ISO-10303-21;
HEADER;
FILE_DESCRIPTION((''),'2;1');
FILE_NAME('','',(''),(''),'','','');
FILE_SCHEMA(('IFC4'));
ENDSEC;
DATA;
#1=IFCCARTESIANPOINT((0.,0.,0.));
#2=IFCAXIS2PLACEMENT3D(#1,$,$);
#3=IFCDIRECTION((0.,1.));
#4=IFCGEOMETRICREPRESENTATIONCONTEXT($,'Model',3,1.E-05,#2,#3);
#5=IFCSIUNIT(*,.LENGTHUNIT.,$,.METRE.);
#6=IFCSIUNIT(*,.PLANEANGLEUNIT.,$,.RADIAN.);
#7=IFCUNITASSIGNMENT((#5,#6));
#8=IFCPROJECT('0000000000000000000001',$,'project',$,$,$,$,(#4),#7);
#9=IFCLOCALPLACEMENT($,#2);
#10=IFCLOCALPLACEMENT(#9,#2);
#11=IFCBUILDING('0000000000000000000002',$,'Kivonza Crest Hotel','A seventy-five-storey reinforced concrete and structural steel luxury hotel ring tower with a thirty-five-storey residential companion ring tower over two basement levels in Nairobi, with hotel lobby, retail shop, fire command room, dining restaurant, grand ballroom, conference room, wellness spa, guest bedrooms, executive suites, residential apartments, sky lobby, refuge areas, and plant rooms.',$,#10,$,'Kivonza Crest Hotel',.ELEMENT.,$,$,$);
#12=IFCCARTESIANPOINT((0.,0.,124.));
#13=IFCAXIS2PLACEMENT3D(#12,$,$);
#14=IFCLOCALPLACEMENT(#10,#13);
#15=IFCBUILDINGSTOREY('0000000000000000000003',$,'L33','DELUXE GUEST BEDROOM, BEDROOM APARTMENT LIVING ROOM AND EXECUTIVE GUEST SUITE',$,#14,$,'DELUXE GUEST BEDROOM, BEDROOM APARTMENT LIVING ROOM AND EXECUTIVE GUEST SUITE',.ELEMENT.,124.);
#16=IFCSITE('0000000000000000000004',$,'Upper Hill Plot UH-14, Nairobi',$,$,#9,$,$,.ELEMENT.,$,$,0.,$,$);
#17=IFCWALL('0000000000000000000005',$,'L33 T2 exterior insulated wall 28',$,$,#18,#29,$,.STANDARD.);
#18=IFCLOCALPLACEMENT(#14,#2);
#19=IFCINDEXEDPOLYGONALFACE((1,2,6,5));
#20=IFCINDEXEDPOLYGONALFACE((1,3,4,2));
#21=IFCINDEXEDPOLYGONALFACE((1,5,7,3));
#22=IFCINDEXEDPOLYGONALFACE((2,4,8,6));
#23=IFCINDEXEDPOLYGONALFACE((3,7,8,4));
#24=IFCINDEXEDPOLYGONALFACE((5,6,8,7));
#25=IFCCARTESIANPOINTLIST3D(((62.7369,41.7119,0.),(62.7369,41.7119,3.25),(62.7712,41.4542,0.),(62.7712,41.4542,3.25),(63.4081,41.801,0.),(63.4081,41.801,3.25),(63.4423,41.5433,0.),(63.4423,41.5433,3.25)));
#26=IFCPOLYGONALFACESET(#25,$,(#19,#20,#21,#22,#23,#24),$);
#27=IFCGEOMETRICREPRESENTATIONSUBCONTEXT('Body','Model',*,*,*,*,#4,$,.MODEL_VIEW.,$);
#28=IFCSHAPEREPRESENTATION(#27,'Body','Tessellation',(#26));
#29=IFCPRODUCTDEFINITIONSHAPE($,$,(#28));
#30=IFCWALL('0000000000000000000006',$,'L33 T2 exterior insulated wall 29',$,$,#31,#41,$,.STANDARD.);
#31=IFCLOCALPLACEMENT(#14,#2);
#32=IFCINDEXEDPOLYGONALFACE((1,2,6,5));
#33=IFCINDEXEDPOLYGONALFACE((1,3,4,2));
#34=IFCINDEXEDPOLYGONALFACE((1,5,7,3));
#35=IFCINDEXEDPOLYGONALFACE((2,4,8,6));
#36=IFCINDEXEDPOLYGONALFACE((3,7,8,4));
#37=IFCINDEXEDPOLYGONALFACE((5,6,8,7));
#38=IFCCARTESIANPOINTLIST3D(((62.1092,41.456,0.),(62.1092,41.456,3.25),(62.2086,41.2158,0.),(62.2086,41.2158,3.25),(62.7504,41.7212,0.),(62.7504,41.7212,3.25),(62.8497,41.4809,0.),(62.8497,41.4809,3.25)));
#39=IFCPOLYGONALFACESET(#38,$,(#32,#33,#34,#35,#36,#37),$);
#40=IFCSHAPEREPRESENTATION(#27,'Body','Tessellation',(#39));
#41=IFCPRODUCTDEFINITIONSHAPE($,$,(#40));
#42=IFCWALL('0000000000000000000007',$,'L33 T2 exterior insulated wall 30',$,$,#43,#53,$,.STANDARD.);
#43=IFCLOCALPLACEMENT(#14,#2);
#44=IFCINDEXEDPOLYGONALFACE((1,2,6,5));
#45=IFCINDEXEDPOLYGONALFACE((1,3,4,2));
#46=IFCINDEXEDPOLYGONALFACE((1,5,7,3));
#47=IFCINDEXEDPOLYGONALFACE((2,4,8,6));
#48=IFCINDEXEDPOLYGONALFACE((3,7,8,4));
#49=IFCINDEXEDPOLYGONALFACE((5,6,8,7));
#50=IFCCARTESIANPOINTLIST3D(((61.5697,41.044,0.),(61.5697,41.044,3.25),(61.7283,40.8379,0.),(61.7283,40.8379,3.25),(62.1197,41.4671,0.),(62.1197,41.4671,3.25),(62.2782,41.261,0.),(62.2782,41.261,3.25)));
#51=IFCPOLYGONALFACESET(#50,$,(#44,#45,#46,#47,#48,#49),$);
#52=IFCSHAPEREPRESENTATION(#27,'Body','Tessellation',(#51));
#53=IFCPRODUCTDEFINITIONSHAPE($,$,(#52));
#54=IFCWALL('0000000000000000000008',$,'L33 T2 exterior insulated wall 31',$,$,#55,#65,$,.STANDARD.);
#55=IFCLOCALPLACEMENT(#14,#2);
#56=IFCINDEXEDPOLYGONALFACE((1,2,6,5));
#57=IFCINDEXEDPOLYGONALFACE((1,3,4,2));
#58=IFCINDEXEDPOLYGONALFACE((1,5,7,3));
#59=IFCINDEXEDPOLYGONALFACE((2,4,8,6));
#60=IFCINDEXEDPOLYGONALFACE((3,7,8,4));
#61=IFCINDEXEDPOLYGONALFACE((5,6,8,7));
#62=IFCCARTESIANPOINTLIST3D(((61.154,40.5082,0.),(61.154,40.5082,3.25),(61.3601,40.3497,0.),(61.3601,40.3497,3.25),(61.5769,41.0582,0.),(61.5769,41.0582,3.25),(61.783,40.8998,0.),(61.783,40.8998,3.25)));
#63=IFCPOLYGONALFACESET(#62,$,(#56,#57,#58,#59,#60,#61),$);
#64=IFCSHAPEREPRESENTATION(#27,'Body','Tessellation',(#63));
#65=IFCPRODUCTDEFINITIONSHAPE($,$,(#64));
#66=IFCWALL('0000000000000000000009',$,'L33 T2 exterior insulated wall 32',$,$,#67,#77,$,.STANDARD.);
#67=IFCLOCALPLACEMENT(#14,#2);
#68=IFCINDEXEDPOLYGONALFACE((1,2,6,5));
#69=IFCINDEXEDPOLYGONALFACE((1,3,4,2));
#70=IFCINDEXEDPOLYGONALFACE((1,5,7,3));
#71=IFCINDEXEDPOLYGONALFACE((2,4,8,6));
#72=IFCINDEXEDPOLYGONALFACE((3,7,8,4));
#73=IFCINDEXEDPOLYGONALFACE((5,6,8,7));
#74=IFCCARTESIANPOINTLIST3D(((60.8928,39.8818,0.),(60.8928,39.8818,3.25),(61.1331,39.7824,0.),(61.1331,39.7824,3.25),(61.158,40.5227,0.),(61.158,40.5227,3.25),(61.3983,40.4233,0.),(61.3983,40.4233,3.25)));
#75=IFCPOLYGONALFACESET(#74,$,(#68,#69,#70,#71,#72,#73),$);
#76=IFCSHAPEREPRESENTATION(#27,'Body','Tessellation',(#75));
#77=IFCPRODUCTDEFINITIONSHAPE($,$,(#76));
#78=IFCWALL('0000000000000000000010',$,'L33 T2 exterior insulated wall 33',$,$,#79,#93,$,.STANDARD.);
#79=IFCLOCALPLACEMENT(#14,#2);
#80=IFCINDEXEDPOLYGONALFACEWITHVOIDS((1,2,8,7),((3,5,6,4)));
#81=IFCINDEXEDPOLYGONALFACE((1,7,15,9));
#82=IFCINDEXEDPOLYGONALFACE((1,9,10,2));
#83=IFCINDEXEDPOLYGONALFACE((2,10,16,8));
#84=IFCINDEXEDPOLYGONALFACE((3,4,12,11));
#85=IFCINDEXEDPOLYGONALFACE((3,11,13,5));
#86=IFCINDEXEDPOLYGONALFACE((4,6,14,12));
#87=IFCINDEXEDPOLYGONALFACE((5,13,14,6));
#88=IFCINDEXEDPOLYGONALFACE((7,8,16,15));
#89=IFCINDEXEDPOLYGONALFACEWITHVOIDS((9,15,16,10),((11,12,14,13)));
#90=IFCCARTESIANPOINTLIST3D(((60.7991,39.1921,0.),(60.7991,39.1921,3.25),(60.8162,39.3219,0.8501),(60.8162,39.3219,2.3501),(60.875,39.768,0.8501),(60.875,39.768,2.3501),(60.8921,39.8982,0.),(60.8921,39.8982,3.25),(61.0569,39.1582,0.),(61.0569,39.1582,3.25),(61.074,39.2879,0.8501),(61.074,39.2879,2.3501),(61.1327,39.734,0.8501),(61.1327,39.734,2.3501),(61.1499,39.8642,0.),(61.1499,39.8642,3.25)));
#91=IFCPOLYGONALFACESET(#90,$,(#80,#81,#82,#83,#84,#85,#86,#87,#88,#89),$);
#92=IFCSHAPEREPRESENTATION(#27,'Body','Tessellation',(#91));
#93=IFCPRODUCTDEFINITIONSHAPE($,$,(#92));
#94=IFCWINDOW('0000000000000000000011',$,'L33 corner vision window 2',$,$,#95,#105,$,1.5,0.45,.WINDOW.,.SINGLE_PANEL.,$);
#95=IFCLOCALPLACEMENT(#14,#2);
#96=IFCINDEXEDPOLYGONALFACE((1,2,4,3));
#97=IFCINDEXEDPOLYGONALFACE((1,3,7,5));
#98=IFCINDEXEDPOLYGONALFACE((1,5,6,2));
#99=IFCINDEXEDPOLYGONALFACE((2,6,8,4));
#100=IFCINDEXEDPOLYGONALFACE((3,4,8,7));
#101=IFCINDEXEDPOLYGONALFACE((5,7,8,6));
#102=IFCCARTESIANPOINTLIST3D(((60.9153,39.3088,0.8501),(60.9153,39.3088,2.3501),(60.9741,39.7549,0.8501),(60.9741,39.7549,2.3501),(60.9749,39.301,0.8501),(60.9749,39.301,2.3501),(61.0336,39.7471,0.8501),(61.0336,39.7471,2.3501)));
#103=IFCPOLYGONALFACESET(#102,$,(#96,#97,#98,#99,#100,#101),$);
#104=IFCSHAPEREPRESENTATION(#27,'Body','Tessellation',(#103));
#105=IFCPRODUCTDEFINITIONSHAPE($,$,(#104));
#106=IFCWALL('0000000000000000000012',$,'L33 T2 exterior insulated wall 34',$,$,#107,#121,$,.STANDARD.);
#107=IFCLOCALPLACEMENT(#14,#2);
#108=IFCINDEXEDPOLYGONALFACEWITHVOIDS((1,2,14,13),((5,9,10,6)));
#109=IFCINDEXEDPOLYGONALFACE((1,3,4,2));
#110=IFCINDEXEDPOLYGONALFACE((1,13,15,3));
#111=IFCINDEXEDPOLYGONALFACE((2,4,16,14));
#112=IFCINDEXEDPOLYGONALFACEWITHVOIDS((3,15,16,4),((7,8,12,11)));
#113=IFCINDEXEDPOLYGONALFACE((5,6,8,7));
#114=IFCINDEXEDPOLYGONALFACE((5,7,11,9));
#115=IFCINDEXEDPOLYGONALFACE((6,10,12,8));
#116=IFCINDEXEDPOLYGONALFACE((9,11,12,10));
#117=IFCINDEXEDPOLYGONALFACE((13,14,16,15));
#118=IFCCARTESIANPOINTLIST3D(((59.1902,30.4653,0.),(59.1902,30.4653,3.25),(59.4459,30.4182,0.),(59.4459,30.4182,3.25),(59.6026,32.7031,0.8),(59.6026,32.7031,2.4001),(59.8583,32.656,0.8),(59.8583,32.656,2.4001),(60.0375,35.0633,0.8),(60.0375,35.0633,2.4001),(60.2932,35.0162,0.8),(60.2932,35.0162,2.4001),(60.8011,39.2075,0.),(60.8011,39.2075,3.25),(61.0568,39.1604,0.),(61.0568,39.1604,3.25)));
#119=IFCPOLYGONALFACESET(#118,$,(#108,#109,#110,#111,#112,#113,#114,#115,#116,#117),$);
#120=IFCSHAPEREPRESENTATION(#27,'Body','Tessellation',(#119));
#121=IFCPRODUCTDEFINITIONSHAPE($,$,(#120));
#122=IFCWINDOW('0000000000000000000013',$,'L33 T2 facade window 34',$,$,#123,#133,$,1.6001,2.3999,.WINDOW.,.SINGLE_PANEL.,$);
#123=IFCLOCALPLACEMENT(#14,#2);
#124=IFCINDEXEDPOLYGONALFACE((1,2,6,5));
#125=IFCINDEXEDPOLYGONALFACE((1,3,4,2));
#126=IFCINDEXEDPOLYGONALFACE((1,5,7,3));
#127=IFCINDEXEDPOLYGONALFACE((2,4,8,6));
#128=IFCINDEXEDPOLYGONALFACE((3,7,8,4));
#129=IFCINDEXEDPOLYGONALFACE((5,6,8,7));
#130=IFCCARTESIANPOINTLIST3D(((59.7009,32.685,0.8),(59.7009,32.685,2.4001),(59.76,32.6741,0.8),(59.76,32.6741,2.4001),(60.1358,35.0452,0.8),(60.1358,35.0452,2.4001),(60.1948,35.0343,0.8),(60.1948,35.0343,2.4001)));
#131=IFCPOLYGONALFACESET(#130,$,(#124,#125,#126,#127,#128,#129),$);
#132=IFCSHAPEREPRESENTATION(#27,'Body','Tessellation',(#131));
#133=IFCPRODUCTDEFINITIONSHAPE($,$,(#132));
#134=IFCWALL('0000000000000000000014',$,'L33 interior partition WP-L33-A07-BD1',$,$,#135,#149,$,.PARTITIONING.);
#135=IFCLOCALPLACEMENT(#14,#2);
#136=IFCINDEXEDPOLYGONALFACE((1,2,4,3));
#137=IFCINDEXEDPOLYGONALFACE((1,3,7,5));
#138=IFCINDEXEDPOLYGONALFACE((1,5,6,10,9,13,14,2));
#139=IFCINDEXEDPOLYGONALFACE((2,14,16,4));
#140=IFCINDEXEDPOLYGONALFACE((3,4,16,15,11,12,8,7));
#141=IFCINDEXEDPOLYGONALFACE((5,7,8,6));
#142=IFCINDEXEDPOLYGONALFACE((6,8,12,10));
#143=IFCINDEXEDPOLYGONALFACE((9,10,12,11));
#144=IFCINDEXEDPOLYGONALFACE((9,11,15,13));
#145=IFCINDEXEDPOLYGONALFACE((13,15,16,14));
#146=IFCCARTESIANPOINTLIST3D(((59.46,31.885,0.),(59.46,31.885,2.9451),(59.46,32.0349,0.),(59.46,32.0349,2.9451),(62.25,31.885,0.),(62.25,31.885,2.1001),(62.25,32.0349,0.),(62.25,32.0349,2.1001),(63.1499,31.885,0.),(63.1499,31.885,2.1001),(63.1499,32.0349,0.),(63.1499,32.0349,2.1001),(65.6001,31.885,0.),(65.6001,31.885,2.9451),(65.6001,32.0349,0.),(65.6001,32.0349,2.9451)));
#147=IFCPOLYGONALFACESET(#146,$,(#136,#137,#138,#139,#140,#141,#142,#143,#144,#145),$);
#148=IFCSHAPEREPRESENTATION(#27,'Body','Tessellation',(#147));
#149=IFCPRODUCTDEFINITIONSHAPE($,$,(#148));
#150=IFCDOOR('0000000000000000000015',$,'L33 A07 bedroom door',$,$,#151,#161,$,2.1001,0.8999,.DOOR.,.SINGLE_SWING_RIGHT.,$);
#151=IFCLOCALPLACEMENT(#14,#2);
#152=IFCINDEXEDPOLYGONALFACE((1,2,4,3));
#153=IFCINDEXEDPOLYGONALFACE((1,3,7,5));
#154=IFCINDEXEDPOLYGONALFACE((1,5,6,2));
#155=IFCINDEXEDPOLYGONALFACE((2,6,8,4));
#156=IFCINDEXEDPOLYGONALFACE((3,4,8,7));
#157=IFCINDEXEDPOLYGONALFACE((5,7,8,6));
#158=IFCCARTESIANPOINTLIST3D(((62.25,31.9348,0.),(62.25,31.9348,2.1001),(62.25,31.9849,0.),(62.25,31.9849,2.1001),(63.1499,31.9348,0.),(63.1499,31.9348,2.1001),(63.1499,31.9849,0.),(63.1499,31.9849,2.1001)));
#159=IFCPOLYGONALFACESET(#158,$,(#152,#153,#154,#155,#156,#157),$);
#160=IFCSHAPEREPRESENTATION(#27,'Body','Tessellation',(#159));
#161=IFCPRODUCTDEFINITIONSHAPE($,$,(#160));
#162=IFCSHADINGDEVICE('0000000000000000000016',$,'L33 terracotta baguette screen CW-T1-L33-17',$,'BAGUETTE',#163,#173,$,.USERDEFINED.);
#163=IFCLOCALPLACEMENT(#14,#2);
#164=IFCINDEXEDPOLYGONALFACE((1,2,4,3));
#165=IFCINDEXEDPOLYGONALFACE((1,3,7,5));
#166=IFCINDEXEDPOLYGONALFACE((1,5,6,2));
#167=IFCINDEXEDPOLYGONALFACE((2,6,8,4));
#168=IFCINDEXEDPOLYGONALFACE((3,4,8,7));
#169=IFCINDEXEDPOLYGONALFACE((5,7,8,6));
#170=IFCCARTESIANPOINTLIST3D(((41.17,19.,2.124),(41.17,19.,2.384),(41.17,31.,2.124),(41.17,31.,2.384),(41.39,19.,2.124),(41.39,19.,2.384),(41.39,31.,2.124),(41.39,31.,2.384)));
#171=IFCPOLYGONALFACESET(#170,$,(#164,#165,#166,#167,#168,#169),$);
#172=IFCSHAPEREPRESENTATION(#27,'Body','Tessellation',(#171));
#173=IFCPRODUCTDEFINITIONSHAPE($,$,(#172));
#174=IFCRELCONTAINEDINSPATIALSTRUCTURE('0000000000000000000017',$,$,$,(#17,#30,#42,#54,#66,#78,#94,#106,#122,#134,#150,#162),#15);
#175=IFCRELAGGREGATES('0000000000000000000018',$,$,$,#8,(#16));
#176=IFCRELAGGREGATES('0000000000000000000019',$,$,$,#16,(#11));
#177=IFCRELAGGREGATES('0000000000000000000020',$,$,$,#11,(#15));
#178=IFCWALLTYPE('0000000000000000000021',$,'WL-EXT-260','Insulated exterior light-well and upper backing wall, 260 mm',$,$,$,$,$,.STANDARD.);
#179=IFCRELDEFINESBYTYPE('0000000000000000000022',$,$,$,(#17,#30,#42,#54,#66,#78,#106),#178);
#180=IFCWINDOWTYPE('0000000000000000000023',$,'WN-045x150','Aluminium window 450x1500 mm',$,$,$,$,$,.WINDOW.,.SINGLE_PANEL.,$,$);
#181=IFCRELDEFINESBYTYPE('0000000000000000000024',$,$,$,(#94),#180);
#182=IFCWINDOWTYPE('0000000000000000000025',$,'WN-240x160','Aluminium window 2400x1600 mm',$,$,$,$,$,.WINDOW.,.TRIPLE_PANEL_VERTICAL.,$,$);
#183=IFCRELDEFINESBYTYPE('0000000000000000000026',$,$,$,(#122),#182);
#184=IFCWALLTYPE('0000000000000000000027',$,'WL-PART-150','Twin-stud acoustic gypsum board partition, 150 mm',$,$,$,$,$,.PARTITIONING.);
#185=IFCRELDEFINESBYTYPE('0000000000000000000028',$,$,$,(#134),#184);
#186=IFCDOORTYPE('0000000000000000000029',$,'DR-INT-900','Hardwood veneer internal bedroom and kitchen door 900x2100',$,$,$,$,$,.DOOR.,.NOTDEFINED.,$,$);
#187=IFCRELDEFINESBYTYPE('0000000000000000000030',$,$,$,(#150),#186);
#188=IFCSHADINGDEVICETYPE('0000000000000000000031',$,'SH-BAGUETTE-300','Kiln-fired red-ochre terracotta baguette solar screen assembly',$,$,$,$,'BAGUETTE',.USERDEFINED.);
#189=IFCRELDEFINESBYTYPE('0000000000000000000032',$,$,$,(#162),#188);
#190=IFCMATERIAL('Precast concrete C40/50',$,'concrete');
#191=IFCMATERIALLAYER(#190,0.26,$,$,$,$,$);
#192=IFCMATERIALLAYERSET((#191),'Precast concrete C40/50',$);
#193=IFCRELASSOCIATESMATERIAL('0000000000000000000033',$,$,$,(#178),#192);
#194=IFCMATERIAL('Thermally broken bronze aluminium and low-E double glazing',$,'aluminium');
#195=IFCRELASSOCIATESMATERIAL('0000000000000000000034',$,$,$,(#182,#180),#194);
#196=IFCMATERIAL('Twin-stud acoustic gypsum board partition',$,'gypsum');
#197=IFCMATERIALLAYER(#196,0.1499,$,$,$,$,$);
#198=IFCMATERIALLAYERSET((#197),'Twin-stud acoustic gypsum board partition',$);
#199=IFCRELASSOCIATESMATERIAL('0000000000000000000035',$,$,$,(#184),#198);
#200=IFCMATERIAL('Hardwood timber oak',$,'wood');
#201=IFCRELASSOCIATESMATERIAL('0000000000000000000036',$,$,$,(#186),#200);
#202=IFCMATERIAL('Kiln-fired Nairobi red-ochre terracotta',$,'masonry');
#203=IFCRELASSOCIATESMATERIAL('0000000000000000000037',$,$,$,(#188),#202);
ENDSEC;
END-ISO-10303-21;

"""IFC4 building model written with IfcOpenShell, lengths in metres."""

from ifc_helpers import new_model, si_unit, direction, frame, frame_2d, origin, origin_2d, place, context, subcontext, project, spatial, rectangle, extrude, material, layer, layer_set, type_object, element, fill, save


model = new_model("IFC4")

# Units and contexts
model_context = context("Model", 3, precision=1e-05, world=origin(), true_north=direction((0.0, 1.0)))
body_context = subcontext(model_context, "Body", "Model", "MODEL_VIEW")
ifc_project = project(units=[si_unit("LENGTHUNIT", "METRE"), si_unit("PLANEANGLEUNIT", "RADIAN")], contexts=[model_context])

# Site, building, storey
site_placement = place(None, origin())
site = spatial("IfcSite", under=ifc_project, at=site_placement, Name="Upper Hill Plot UH-14, Nairobi", CompositionType="ELEMENT", RefElevation=0.0)
building_placement = place(site_placement, origin())
building = spatial("IfcBuilding", under=site, at=building_placement, Name="Kivonza Crest Hotel", Description="A seventy-five-storey reinforced concrete and structural steel luxury hotel ring tower with a thirty-five-storey residential companion ring tower over two basement levels in Nairobi, with hotel lobby, retail shop, fire command room, dining restaurant, grand ballroom, conference room, wellness spa, guest bedrooms, executive suites, residential apartments, sky lobby, refuge areas, and plant rooms.", LongName="Kivonza Crest Hotel", CompositionType="ELEMENT")
storey_placement = place(building_placement, frame((0.0, 0.0, 124.0)))
storey = spatial("IfcBuildingStorey", under=building, at=storey_placement, Name="L33", Description="DELUXE GUEST BEDROOM, BEDROOM APARTMENT LIVING ROOM AND EXECUTIVE GUEST SUITE", LongName="DELUXE GUEST BEDROOM, BEDROOM APARTMENT LIVING ROOM AND EXECUTIVE GUEST SUITE", CompositionType="ELEMENT", Elevation=124.0)

# Shared definitions
ifc_material_1 = material(Name="Precast concrete C40/50", Category="concrete")
ifc_layer_1 = layer(ifc_material_1, 0.26)
ifc_layer_set_1 = layer_set([ifc_layer_1], Name="Precast concrete C40/50")
wall_type_1 = type_object("IfcWallType", Name="WL-EXT-260", Description="Insulated exterior light-well and upper backing wall, 260 mm", PredefinedType="STANDARD", material=ifc_layer_set_1)
ifc_material_2 = material(Name="Thermally broken bronze aluminium and low-E double glazing", Category="aluminium")
window_type_1 = type_object("IfcWindowType", Name="WN-240x160", Description="Aluminium window 2400x1600 mm", PartitioningType="TRIPLE_PANEL_VERTICAL", PredefinedType="WINDOW", material=ifc_material_2)

# Walls
wall_1_placement = place(storey_placement, frame((63.425, 41.6721, 0.0), z_axis=(0.0, 0.0, 1.0), x_axis=(-0.9913, -0.13162, 0.0)))
element("IfcWall", 1, at=wall_1_placement, inside=storey, type_object=wall_type_1, Name="L33 T2 exterior insulated wall 28", PredefinedType="STANDARD", context=body_context, shape_type="SweptSolid", body=[
    extrude(rectangle(XDim=0.677, YDim=0.26, at=frame_2d((0.3384, 0.0))), origin(), (0.0, 0.0, 1.0), 3.25),
])
for number, where, z_axis, x_axis, name in (
    (2, (62.8, 41.6011, 0.0), (0.0, 0.0, 1.0), (-0.924094, -0.382165, 0.0), "L33 T2 exterior insulated wall 29"),
    (3, (62.199, 41.364, 0.0), (0.0, 0.0, 1.0), (-0.792637, -0.609694, 0.0), "L33 T2 exterior insulated wall 30"),
    (4, (61.6799, 40.979, 0.0), (0.0, 0.0, 1.0), (-0.609473, -0.792807, 0.0), "L33 T2 exterior insulated wall 31"),
):
    element("IfcWall", number, at=place(storey_placement, frame(where, z_axis=z_axis, x_axis=x_axis)), inside=storey, type_object=wall_type_1, Name=name, PredefinedType="STANDARD", context=body_context, shape_type="SweptSolid", body=[
        extrude(rectangle(XDim=0.6938, YDim=0.26, at=frame_2d((0.3469, 0.0))), origin(), (0.0, 0.0, 1.0), 3.25),
    ])
wall_2_placement = place(storey_placement, frame((61.2781, 40.4729, 0.0), z_axis=(0.0, 0.0, 1.0), x_axis=(-0.38229, -0.924043, 0.0)))
element("IfcWall", 5, at=wall_2_placement, inside=storey, type_object=wall_type_1, Name="L33 T2 exterior insulated wall 32", PredefinedType="STANDARD", context=body_context, shape_type="SweptSolid", body=[
    extrude(rectangle(XDim=0.6936, YDim=0.26, at=frame_2d((0.3467, 0.0))), origin(), (0.0, 0.0, 1.0), 3.25),
])

# Walls, openings, windows
wall_3_placement = place(storey_placement, frame((61.021, 39.8811, 0.0), z_axis=(0.0, 0.0, 1.0), x_axis=(-0.130614, -0.991433, 0.0)))
wall_3 = element("IfcWall", 6, at=wall_3_placement, inside=storey, type_object=wall_type_1, Name="L33 T2 exterior insulated wall 33", PredefinedType="STANDARD", context=body_context, shape_type="SweptSolid", body=[
    extrude(rectangle(XDim=0.7122, YDim=0.26, at=frame_2d((0.356, 0.0))), origin(), (0.0, 0.0, 1.0), 3.25),
])
opening_1_placement = place(wall_3_placement, frame((0.1311, 0.0, 0.8501)))
opening_1 = element("IfcOpeningElement", 7, at=opening_1_placement, cuts=wall_3, PredefinedType="OPENING", context=body_context, shape_type="SweptSolid", body=[
    extrude(rectangle(XDim=0.45, YDim=1.5, at=frame_2d((0.2251, 0.75))), frame((0.0, 0.1401, 0.0), z_axis=(0.0, -1.0, 0.0), x_axis=(1.0, 0.0, 0.0)), (0.0, 0.0, 1.0), 0.28),
])
window_type_2 = type_object("IfcWindowType", Name="WN-045x150", Description="Aluminium window 450x1500 mm", PartitioningType="SINGLE_PANEL", PredefinedType="WINDOW", material=ifc_material_2)
window_1_placement = place(opening_1_placement, origin())
window_1 = element("IfcWindow", 8, at=window_1_placement, inside=storey, type_object=window_type_2, Name="L33 corner vision window 2", OverallHeight=1.5, OverallWidth=0.45, PartitioningType="SINGLE_PANEL", PredefinedType="WINDOW", context=body_context, shape_type="SweptSolid", body=[
    extrude(rectangle(XDim=0.45, YDim=1.5, at=frame_2d((0.2251, 0.75))), frame((0.0, 0.03, 0.0), z_axis=(0.0, -1.0, 0.0), x_axis=(1.0, 0.0, 0.0)), (0.0, 0.0, 1.0), 0.0601),
])
fill(opening_1, window_1)
wall_4_placement = place(storey_placement, frame((60.929, 39.1841, 0.0), z_axis=(0.0, 0.0, 1.0), x_axis=(-0.18121, -0.983444, 0.0)))
wall_4 = element("IfcWall", 9, at=wall_4_placement, inside=storey, type_object=wall_type_1, Name="L33 T2 exterior insulated wall 34", PredefinedType="STANDARD", context=body_context, shape_type="SweptSolid", body=[
    extrude(rectangle(XDim=8.8894, YDim=0.26, at=frame_2d((4.4448, 0.0))), origin(), (0.0, 0.0, 1.0), 3.25),
])
opening_2_placement = place(wall_4_placement, frame((4.2141, 0.0, 0.8)))
opening_2 = element("IfcOpeningElement", 10, at=opening_2_placement, cuts=wall_4, PredefinedType="OPENING", context=body_context, shape_type="SweptSolid", body=[
    extrude(rectangle(XDim=2.3999, YDim=1.6001, at=frame_2d((1.2, 0.8))), frame((0.0, 0.1401, 0.0), z_axis=(0.0, -1.0, 0.0), x_axis=(1.0, 0.0, 0.0)), (0.0, 0.0, 1.0), 0.28),
])
window_2_placement = place(opening_2_placement, origin())
window_2 = element("IfcWindow", 11, at=window_2_placement, inside=storey, type_object=window_type_1, Name="L33 T2 facade window 34", OverallHeight=1.6001, OverallWidth=2.3999, PartitioningType="SINGLE_PANEL", PredefinedType="WINDOW", context=body_context, shape_type="SweptSolid", body=[
    extrude(rectangle(XDim=2.3999, YDim=1.6001, at=frame_2d((1.2, 0.8))), frame((0.0, 0.03, 0.0), z_axis=(0.0, -1.0, 0.0), x_axis=(1.0, 0.0, 0.0)), (0.0, 0.0, 1.0), 0.0601),
])
fill(opening_2, window_2)

# Wall, opening, door
ifc_material_3 = material(Name="Twin-stud acoustic gypsum board partition", Category="gypsum")
ifc_layer_2 = layer(ifc_material_3, 0.1499)
ifc_layer_set_2 = layer_set([ifc_layer_2], Name="Twin-stud acoustic gypsum board partition")
wall_type_2 = type_object("IfcWallType", Name="WL-PART-150", Description="Twin-stud acoustic gypsum board partition, 150 mm", PredefinedType="PARTITIONING", material=ifc_layer_set_2)
wall_5_placement = place(storey_placement, frame((59.46, 31.96, 0.0), z_axis=(0.0, 0.0, 1.0), x_axis=(1.0, 0.0, 0.0)))
wall_5 = element("IfcWall", 12, at=wall_5_placement, inside=storey, type_object=wall_type_2, Name="L33 interior partition WP-L33-A07-BD1", PredefinedType="PARTITIONING", context=body_context, shape_type="SweptSolid", body=[
    extrude(rectangle(XDim=6.1401, YDim=0.1499, at=frame_2d((3.0701, 0.0))), origin(), (0.0, 0.0, 1.0), 2.9451),
])
opening_3_placement = place(wall_5_placement, frame((2.79, 0.0, 0.0)))
opening_3 = element("IfcOpeningElement", 13, at=opening_3_placement, cuts=wall_5, PredefinedType="OPENING", context=body_context, shape_type="SweptSolid", body=[
    extrude(rectangle(XDim=0.8999, YDim=2.1001, at=frame_2d((0.45, 1.05))), frame((0.0, 0.085, 0.0), z_axis=(0.0, -1.0, 0.0), x_axis=(1.0, 0.0, 0.0)), (0.0, 0.0, 1.0), 0.1699),
])
ifc_material_4 = material(Name="Hardwood timber oak", Category="wood")
door_type = type_object("IfcDoorType", Name="DR-INT-900", Description="Hardwood veneer internal bedroom and kitchen door 900x2100", OperationType="NOTDEFINED", PredefinedType="DOOR", material=ifc_material_4)
door_placement = place(opening_3_placement, origin())
door = element("IfcDoor", 14, at=door_placement, inside=storey, type_object=door_type, Name="L33 A07 bedroom door", OperationType="SINGLE_SWING_RIGHT", OverallHeight=2.1001, OverallWidth=0.8999, PredefinedType="DOOR", context=body_context, shape_type="SweptSolid", body=[
    extrude(rectangle(XDim=0.8999, YDim=2.1001, at=frame_2d((0.45, 1.05))), frame((0.0, 0.0249, 0.0), z_axis=(0.0, -1.0, 0.0), x_axis=(1.0, 0.0, 0.0)), (0.0, 0.0, 1.0), 0.05),
])
fill(opening_3, door)

# Shading device
ifc_material_5 = material(Name="Kiln-fired Nairobi red-ochre terracotta", Category="masonry")
shading_device_type_1 = type_object("IfcShadingDeviceType", Name="SH-BAGUETTE-300", Description="Kiln-fired red-ochre terracotta baguette solar screen assembly", ElementType="BAGUETTE", PredefinedType="USERDEFINED", material=ifc_material_5)
shading_device_1_placement = place(storey_placement, frame((41.28, 25.0, 2.124), z_axis=(0.0, 0.0, 1.0), x_axis=(0.0, 1.0, 0.0)))
element("IfcShadingDevice", 15, at=shading_device_1_placement, inside=storey, type_object=shading_device_type_1, Name="L33 terracotta baguette screen CW-T1-L33-17", ObjectType="BAGUETTE", PredefinedType="USERDEFINED", context=body_context, shape_type="SweptSolid", body=[
    extrude(rectangle(XDim=12.0, YDim=0.22, at=origin_2d()), origin(), (0.0, 0.0, 1.0), 0.26),
])

save(model, "model.ifc")
